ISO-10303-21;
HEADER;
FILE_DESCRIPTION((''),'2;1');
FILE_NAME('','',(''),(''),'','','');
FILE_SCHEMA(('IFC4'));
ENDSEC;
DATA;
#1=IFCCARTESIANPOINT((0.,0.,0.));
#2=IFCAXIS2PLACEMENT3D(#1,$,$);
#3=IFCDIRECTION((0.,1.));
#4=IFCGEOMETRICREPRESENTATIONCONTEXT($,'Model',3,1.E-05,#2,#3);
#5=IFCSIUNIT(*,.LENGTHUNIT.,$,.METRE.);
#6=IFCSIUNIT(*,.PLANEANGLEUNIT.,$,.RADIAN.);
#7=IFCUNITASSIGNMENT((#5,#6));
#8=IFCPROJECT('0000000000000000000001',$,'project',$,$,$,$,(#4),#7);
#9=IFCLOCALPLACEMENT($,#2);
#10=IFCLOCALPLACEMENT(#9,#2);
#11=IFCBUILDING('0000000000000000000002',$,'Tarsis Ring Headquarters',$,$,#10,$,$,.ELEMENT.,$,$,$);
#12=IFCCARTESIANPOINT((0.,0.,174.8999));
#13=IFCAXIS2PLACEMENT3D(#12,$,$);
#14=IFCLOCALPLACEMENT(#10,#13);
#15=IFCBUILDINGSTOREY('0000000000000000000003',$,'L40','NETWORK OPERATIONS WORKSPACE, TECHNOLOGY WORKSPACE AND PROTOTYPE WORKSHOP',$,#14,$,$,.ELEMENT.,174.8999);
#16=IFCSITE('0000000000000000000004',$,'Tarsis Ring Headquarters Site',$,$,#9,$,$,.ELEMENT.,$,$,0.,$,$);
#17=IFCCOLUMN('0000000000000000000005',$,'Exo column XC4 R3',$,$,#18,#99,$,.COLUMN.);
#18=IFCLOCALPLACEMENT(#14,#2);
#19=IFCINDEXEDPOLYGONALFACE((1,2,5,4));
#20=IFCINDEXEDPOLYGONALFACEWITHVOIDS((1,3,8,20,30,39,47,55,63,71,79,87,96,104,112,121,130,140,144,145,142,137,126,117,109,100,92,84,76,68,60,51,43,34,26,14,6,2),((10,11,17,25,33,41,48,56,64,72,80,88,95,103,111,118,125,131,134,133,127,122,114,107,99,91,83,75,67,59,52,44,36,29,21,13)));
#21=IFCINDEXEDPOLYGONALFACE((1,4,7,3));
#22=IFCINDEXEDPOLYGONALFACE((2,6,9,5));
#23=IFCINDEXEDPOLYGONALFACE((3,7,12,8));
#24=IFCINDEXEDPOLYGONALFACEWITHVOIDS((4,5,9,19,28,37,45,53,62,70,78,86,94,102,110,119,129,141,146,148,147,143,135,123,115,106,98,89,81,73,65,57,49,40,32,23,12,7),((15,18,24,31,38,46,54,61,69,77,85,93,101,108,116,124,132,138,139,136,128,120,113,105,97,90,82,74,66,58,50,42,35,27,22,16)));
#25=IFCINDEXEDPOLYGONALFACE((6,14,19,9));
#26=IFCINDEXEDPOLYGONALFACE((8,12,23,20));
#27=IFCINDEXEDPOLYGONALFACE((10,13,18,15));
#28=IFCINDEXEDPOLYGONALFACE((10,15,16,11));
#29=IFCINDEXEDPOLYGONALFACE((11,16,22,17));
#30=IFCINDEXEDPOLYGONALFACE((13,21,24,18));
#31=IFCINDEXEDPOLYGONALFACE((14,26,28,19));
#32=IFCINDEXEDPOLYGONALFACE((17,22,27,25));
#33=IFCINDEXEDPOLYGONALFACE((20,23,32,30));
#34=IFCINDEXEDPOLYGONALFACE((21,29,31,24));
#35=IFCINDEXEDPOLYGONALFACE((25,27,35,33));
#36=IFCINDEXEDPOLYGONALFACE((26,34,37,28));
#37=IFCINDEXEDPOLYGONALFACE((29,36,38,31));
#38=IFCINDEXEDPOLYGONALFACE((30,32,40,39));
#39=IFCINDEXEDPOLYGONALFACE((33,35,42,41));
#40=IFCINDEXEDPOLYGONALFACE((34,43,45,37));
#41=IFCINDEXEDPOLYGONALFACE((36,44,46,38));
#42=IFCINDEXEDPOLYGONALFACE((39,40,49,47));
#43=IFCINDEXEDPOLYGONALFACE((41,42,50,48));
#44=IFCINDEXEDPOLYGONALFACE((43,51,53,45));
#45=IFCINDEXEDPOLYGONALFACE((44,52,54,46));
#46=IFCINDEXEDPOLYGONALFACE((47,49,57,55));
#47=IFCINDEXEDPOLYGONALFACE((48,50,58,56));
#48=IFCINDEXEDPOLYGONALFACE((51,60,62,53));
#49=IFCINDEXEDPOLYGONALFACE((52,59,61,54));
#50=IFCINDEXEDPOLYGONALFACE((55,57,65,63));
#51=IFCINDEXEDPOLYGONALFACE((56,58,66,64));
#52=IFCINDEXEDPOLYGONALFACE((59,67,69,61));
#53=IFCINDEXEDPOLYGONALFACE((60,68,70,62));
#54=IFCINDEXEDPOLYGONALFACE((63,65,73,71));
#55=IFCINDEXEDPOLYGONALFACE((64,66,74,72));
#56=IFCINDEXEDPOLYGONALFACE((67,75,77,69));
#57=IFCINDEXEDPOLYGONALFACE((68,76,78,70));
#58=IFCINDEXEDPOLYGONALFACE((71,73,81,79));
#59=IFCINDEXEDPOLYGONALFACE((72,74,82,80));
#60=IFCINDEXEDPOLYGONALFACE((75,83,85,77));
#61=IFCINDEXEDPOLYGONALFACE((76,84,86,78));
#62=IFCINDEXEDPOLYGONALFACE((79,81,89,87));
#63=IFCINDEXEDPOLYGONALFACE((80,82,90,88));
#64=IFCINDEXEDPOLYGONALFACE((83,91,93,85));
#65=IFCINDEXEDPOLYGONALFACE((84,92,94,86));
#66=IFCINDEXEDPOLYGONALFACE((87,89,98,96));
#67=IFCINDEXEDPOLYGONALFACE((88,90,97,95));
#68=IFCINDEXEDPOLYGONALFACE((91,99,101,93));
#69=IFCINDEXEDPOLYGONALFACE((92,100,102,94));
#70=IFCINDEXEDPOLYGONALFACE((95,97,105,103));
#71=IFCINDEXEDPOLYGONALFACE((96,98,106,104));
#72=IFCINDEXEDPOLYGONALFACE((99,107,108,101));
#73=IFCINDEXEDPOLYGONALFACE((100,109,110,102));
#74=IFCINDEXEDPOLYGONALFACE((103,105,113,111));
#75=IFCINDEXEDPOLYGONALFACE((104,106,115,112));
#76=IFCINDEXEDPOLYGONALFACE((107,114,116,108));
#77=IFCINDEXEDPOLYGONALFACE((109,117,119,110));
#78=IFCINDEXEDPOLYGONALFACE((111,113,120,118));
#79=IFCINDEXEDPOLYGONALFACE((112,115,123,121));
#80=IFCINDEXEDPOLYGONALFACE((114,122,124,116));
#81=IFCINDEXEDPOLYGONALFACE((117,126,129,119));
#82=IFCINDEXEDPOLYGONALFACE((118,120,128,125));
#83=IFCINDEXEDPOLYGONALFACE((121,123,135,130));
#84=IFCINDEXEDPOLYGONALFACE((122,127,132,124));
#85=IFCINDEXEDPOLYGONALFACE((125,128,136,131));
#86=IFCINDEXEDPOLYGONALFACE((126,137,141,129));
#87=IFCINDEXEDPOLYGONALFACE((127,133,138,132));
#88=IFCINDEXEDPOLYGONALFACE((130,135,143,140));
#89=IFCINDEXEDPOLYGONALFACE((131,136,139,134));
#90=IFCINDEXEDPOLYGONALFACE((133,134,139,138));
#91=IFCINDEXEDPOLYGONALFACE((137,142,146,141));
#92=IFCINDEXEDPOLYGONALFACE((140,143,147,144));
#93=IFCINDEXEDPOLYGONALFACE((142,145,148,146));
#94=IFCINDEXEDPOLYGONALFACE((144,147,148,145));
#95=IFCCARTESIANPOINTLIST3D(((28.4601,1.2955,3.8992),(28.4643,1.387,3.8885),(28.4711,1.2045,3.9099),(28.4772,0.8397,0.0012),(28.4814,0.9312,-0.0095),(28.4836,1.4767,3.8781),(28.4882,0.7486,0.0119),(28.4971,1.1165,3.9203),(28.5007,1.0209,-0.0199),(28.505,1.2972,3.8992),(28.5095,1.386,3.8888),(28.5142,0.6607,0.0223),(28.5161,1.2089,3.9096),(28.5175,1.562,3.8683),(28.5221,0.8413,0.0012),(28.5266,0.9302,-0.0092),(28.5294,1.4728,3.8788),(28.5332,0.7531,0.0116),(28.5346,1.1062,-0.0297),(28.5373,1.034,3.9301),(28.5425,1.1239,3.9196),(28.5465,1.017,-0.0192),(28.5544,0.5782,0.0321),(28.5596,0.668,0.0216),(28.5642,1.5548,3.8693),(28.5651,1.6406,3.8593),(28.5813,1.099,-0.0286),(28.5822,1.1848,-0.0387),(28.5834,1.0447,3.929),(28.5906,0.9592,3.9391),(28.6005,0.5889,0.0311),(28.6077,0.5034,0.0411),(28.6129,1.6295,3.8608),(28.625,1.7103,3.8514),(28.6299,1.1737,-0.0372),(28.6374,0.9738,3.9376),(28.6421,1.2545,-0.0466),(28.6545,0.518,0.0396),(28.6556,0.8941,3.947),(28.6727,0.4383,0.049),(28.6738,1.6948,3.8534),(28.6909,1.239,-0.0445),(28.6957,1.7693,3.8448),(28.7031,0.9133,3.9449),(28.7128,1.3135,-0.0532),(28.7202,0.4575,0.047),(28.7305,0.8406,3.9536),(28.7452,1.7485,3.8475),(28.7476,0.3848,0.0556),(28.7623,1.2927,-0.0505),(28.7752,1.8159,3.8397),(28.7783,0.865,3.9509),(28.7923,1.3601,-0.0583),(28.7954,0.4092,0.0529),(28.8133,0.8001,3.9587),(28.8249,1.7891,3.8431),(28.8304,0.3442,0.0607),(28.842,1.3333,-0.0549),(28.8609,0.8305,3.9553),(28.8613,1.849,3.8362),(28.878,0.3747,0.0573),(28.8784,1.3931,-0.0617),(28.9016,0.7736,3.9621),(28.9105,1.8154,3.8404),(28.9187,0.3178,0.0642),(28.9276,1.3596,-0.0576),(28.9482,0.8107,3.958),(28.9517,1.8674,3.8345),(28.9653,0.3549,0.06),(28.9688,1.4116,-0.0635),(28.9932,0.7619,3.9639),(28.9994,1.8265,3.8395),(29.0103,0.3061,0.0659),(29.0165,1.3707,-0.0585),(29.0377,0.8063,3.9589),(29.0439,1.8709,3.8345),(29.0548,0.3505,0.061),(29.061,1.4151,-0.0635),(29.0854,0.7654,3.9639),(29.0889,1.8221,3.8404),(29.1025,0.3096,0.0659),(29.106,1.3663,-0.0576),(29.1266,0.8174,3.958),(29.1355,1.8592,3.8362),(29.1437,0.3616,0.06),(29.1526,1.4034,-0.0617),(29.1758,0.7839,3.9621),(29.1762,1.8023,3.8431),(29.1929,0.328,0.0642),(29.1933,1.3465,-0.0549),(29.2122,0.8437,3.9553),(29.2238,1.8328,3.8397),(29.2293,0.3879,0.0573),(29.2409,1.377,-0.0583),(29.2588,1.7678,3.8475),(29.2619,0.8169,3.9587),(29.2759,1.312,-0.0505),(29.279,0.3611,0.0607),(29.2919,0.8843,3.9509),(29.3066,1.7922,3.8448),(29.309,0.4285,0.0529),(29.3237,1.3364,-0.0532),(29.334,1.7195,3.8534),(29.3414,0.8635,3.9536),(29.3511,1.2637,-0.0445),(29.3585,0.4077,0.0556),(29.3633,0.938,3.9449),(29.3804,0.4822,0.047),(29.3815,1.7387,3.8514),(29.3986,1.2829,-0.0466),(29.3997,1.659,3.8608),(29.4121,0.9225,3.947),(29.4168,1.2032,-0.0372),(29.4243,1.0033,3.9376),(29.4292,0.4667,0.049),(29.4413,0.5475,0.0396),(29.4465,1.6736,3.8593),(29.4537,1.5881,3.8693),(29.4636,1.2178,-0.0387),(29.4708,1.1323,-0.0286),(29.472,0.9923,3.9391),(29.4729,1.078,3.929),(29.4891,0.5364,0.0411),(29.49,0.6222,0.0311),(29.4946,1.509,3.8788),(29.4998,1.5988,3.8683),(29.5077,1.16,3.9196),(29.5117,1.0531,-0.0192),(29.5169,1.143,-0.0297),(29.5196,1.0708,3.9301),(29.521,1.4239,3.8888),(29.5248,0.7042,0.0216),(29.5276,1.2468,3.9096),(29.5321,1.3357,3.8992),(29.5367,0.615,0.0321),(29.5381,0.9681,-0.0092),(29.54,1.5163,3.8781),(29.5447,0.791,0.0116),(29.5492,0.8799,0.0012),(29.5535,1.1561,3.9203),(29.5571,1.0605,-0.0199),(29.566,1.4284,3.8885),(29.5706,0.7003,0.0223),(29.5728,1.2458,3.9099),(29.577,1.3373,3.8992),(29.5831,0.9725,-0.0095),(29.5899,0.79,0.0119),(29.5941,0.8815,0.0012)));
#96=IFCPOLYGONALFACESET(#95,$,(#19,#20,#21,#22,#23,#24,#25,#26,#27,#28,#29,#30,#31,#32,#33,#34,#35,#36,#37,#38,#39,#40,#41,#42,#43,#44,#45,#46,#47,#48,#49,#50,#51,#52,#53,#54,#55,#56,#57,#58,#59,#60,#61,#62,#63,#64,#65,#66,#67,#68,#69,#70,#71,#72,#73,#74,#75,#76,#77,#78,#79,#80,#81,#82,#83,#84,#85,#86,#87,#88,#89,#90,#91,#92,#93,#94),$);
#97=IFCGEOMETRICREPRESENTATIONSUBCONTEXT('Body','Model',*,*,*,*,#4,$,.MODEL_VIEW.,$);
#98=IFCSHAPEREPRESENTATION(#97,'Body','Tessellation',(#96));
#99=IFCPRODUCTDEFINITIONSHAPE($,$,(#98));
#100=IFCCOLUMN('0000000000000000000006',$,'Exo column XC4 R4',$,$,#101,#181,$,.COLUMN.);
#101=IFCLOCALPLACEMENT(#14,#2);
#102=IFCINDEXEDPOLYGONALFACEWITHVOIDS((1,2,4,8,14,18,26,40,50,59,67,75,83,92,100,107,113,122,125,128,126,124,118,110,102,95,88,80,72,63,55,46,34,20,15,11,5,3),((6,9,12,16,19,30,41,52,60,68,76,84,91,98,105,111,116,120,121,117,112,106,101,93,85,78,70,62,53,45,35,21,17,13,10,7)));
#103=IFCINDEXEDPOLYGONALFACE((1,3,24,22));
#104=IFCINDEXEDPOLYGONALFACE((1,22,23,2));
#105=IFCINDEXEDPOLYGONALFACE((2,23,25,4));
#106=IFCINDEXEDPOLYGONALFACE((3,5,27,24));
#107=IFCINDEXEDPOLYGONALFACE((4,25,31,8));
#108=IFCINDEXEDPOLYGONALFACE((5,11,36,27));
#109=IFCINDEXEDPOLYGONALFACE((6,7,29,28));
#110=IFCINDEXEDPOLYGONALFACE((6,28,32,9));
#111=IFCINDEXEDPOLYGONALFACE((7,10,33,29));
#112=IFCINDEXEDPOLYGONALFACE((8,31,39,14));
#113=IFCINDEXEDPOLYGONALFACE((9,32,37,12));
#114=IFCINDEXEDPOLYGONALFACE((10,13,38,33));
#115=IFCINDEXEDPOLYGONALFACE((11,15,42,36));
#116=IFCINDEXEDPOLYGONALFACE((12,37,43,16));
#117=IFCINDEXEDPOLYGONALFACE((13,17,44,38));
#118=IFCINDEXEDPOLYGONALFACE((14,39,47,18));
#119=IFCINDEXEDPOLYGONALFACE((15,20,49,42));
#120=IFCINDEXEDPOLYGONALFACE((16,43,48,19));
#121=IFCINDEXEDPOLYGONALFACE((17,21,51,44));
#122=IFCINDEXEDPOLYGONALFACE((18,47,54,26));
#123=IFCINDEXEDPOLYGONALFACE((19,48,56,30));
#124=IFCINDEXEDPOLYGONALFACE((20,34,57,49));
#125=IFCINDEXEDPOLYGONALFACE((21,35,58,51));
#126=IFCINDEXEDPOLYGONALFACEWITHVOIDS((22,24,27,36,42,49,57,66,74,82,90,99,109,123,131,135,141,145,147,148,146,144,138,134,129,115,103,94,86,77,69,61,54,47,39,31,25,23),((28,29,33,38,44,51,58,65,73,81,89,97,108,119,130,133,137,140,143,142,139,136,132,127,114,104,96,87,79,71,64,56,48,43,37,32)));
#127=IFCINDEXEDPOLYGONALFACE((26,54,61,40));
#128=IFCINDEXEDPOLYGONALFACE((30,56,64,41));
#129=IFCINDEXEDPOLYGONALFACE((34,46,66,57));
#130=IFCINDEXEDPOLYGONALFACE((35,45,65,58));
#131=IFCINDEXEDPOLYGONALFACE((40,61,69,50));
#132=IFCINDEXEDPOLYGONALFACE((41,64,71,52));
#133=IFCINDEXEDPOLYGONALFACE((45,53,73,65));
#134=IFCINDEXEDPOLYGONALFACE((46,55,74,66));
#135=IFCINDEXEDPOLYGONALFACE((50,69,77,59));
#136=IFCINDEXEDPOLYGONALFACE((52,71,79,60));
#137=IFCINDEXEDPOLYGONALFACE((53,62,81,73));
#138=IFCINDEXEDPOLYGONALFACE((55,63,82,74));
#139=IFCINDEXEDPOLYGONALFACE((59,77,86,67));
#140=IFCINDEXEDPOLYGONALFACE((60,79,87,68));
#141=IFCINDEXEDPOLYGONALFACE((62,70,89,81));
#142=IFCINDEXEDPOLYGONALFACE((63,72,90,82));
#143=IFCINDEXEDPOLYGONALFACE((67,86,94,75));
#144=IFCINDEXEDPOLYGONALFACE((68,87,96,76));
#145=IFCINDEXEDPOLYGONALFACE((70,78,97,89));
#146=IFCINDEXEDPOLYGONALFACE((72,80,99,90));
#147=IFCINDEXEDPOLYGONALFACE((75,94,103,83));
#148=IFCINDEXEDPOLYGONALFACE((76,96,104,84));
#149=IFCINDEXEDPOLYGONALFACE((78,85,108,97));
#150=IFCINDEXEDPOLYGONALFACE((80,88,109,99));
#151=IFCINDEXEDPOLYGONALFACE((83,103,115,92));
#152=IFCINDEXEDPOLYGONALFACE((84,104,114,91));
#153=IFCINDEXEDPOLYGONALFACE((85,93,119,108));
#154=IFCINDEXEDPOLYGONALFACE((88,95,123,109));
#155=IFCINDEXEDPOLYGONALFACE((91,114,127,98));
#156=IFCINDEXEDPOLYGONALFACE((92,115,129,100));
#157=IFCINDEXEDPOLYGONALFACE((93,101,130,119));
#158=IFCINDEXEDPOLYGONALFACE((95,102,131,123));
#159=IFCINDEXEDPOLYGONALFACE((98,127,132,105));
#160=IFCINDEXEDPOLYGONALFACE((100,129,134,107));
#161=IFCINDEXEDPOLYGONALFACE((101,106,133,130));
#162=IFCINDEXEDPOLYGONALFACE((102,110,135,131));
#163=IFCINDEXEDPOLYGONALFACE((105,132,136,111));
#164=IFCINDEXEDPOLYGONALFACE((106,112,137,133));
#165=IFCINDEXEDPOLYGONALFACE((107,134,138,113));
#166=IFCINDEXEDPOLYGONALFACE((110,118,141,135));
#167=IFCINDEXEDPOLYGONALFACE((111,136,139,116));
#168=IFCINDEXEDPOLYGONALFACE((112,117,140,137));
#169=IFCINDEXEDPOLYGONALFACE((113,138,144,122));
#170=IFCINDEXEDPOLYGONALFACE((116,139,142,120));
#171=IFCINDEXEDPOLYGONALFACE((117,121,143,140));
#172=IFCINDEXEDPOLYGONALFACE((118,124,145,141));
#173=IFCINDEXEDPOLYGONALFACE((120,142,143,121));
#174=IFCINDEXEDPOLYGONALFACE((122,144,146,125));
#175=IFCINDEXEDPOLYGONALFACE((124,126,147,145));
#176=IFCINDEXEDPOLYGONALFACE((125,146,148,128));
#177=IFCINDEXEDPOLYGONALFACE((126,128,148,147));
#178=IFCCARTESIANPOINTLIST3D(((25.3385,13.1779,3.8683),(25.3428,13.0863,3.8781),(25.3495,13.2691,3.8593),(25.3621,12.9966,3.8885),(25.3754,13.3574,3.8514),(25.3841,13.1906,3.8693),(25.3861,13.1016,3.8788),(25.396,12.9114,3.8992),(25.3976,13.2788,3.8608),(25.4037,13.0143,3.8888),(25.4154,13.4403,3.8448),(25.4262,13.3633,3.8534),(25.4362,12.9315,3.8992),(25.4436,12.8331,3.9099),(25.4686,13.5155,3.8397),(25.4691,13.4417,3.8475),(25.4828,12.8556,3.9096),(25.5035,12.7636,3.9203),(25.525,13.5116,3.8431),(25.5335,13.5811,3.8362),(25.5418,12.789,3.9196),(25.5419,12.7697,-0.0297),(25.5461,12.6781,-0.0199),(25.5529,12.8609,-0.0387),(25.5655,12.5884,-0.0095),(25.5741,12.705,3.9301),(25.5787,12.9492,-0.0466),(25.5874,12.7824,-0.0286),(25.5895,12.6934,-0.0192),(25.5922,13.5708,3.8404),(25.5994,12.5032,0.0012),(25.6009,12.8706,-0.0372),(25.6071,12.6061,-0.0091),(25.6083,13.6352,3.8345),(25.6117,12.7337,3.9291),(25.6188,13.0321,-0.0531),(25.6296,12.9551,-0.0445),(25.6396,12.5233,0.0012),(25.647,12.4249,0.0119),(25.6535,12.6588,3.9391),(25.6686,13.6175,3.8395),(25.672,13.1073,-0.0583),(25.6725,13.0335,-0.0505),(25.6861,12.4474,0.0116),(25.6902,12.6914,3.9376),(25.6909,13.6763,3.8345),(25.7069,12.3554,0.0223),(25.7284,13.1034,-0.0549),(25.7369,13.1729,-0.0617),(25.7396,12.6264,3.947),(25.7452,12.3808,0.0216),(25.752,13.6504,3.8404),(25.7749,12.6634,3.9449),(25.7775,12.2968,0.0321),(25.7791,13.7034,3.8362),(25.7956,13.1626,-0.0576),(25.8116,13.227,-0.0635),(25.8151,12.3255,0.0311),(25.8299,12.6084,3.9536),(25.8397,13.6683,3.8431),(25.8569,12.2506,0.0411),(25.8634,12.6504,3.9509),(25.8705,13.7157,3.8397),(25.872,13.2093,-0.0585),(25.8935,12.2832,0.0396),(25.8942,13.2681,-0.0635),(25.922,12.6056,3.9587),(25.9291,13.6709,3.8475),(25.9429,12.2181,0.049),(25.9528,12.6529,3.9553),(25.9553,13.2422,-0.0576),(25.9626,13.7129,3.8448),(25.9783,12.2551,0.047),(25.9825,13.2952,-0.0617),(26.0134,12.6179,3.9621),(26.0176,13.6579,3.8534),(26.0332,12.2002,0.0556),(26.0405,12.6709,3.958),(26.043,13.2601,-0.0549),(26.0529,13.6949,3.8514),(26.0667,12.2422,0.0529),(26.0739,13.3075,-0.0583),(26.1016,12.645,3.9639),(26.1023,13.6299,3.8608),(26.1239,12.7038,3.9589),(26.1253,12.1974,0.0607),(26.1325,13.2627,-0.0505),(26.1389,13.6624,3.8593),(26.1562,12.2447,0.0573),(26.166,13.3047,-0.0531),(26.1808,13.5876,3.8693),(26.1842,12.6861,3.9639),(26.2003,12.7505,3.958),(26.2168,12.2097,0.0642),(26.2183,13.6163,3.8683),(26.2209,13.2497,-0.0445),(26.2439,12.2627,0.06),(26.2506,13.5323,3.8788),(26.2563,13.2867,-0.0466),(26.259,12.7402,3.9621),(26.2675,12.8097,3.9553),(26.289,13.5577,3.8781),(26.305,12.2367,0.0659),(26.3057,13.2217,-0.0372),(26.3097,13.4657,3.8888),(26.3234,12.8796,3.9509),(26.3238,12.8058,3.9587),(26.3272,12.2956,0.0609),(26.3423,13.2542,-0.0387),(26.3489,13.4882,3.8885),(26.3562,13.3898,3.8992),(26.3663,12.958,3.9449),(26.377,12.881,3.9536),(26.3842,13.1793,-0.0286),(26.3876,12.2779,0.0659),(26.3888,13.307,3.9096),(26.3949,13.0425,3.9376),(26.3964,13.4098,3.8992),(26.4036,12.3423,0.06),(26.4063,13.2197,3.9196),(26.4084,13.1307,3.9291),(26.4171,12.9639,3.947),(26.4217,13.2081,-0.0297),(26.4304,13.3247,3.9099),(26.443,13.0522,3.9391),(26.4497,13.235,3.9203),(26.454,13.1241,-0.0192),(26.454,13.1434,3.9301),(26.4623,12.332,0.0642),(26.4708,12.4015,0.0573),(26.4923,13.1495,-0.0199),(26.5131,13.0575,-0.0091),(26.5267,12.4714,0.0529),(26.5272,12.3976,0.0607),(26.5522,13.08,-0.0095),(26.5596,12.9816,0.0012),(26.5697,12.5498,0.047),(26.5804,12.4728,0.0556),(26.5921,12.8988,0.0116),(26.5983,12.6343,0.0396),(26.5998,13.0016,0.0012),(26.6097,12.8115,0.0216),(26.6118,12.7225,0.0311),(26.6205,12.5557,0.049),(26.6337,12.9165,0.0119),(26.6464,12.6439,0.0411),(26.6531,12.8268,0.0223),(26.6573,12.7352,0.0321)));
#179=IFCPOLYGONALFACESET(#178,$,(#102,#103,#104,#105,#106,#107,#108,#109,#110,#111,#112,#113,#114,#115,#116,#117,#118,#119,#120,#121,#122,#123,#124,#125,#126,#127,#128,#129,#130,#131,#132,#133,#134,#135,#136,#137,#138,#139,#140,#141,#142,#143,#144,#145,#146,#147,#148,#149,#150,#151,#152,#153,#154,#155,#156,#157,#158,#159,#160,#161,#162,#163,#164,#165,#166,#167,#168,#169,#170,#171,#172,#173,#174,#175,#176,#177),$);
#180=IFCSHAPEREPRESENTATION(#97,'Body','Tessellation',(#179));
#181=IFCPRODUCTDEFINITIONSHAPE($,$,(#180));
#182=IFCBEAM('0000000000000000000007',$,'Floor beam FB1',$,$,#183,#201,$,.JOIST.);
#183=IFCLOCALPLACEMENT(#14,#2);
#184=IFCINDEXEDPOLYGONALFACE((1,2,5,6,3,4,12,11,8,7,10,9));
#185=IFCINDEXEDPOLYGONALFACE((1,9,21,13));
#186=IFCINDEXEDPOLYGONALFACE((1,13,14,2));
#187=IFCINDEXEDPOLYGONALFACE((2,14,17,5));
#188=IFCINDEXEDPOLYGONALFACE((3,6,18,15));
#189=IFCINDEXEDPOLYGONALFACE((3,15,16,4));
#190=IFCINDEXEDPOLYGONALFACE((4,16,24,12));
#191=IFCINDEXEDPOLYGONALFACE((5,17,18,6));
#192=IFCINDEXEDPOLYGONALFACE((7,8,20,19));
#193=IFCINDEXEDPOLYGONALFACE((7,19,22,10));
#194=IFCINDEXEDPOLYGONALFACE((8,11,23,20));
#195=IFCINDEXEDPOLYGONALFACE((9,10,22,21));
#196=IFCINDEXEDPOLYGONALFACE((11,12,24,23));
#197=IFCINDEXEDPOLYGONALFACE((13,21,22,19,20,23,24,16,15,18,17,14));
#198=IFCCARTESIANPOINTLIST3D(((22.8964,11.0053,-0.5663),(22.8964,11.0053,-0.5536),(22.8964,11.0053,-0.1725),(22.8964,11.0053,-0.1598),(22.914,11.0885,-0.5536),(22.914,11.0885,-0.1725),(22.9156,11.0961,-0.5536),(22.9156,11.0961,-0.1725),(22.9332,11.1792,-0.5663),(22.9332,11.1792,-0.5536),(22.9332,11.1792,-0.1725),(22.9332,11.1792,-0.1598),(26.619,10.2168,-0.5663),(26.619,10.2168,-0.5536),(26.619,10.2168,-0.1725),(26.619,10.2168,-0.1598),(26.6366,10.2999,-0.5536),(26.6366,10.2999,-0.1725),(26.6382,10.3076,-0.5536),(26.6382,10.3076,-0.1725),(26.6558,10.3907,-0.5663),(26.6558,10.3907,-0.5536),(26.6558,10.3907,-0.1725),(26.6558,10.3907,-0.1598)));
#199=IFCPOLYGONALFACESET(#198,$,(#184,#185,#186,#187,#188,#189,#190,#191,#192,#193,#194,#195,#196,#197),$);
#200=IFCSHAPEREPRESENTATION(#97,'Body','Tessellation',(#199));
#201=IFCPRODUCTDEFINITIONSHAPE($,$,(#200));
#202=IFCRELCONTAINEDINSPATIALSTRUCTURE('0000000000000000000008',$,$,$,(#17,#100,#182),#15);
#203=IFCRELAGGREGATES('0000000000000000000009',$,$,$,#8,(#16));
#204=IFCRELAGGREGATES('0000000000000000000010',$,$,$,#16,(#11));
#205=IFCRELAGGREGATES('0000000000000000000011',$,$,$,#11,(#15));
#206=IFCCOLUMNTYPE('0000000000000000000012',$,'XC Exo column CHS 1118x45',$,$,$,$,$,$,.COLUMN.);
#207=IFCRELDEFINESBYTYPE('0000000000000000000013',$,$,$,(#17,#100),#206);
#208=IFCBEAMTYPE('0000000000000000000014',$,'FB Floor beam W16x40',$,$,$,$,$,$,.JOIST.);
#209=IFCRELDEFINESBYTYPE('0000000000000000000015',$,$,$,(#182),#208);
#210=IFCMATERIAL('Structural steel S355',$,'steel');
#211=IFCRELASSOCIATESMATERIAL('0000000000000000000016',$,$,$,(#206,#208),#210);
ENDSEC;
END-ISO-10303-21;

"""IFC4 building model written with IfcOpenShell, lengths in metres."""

from ifc_helpers import new_model, si_unit, direction, frame, origin, origin_2d, place, context, subcontext, project, spatial, hollow_circle, i_section, extrude, material, material_profile, profile_set, type_object, element, save


model = new_model("IFC4")

# Units and contexts
model_context = context("Model", 3, precision=1e-05, world=origin(), true_north=direction((0.0, 1.0)))
body_context = subcontext(model_context, "Body", "Model", "MODEL_VIEW")
ifc_project = project(units=[si_unit("LENGTHUNIT", "METRE"), si_unit("PLANEANGLEUNIT", "RADIAN")], contexts=[model_context])

# Site, building, storey
site_placement = place(None, origin())
site = spatial("IfcSite", under=ifc_project, at=site_placement, Name="Tarsis Ring Headquarters Site", CompositionType="ELEMENT", RefElevation=0.0)
building_placement = place(site_placement, origin())
building = spatial("IfcBuilding", under=site, at=building_placement, Name="Tarsis Ring Headquarters", CompositionType="ELEMENT")
storey_placement = place(building_placement, frame((0.0, 0.0, 174.8999)))
storey = spatial("IfcBuildingStorey", under=building, at=storey_placement, Name="L40", Description="NETWORK OPERATIONS WORKSPACE, TECHNOLOGY WORKSPACE AND PROTOTYPE WORKSHOP", CompositionType="ELEMENT", Elevation=174.8999)

# Columns
ifc_material_1 = material(Name="Structural steel S355", Category="steel")
ifc_material_profile_1 = material_profile(ifc_material_1, hollow_circle(Radius=0.5588, WallThickness=0.0449, at=origin_2d()), Name="CHS 1118x45")
ifc_profile_set_1 = profile_set([ifc_material_profile_1], Name="Structural steel S355")
column_type = type_object("IfcColumnType", Name="XC Exo column CHS 1118x45", PredefinedType="COLUMN", material=ifc_profile_set_1)
for number, where, z_axis, x_axis, name in (
    (1, (29.0356, 0.8606, 0.0012), (-0.004355, 0.116144, 0.993223), (-0.999298, -0.037467, 0.0), "Exo column XC4 R3"),
    (2, (26.0996, 12.7524, 0.0012), (-0.05182, 0.104013, 0.993225), (-0.895069, -0.445928, 0.0), "Exo column XC4 R4"),
):
    element("IfcColumn", number, at=place(storey_placement, frame(where, z_axis=z_axis, x_axis=x_axis)), inside=storey, type_object=column_type, Name=name, PredefinedType="COLUMN", context=body_context, shape_type="SweptSolid", body=[
        extrude(hollow_circle(Radius=0.5588, WallThickness=0.0449, at=origin_2d()), origin(), (0.0, 0.0, 1.0), 3.9246),
    ])

# Beam
ifc_material_profile_2 = material_profile(ifc_material_1, i_section(OverallWidth=0.1777, OverallDepth=0.4065, WebThickness=0.0078, FlangeThickness=0.0127, at=origin_2d()), Name="W16x40")
ifc_profile_set_2 = profile_set([ifc_material_profile_2], Name="Structural steel S355")
beam_type_1 = type_object("IfcBeamType", Name="FB Floor beam W16x40", PredefinedType="JOIST", material=ifc_profile_set_2)
beam_1_placement = place(storey_placement, frame((22.9148, 11.0923, -0.363), z_axis=(0.978292, -0.207233, 0.0), x_axis=(0.207233, 0.978292, 0.0)))
element("IfcBeam", 3, at=beam_1_placement, inside=storey, type_object=beam_type_1, Name="Floor beam FB1", PredefinedType="JOIST", context=body_context, shape_type="SweptSolid", body=[
    extrude(i_section(OverallWidth=0.1777, OverallDepth=0.4065, WebThickness=0.0078, FlangeThickness=0.0127, at=origin_2d()), origin(), (0.0, 0.0, 1.0), 3.8052),
])

save(model, "model.ifc")
